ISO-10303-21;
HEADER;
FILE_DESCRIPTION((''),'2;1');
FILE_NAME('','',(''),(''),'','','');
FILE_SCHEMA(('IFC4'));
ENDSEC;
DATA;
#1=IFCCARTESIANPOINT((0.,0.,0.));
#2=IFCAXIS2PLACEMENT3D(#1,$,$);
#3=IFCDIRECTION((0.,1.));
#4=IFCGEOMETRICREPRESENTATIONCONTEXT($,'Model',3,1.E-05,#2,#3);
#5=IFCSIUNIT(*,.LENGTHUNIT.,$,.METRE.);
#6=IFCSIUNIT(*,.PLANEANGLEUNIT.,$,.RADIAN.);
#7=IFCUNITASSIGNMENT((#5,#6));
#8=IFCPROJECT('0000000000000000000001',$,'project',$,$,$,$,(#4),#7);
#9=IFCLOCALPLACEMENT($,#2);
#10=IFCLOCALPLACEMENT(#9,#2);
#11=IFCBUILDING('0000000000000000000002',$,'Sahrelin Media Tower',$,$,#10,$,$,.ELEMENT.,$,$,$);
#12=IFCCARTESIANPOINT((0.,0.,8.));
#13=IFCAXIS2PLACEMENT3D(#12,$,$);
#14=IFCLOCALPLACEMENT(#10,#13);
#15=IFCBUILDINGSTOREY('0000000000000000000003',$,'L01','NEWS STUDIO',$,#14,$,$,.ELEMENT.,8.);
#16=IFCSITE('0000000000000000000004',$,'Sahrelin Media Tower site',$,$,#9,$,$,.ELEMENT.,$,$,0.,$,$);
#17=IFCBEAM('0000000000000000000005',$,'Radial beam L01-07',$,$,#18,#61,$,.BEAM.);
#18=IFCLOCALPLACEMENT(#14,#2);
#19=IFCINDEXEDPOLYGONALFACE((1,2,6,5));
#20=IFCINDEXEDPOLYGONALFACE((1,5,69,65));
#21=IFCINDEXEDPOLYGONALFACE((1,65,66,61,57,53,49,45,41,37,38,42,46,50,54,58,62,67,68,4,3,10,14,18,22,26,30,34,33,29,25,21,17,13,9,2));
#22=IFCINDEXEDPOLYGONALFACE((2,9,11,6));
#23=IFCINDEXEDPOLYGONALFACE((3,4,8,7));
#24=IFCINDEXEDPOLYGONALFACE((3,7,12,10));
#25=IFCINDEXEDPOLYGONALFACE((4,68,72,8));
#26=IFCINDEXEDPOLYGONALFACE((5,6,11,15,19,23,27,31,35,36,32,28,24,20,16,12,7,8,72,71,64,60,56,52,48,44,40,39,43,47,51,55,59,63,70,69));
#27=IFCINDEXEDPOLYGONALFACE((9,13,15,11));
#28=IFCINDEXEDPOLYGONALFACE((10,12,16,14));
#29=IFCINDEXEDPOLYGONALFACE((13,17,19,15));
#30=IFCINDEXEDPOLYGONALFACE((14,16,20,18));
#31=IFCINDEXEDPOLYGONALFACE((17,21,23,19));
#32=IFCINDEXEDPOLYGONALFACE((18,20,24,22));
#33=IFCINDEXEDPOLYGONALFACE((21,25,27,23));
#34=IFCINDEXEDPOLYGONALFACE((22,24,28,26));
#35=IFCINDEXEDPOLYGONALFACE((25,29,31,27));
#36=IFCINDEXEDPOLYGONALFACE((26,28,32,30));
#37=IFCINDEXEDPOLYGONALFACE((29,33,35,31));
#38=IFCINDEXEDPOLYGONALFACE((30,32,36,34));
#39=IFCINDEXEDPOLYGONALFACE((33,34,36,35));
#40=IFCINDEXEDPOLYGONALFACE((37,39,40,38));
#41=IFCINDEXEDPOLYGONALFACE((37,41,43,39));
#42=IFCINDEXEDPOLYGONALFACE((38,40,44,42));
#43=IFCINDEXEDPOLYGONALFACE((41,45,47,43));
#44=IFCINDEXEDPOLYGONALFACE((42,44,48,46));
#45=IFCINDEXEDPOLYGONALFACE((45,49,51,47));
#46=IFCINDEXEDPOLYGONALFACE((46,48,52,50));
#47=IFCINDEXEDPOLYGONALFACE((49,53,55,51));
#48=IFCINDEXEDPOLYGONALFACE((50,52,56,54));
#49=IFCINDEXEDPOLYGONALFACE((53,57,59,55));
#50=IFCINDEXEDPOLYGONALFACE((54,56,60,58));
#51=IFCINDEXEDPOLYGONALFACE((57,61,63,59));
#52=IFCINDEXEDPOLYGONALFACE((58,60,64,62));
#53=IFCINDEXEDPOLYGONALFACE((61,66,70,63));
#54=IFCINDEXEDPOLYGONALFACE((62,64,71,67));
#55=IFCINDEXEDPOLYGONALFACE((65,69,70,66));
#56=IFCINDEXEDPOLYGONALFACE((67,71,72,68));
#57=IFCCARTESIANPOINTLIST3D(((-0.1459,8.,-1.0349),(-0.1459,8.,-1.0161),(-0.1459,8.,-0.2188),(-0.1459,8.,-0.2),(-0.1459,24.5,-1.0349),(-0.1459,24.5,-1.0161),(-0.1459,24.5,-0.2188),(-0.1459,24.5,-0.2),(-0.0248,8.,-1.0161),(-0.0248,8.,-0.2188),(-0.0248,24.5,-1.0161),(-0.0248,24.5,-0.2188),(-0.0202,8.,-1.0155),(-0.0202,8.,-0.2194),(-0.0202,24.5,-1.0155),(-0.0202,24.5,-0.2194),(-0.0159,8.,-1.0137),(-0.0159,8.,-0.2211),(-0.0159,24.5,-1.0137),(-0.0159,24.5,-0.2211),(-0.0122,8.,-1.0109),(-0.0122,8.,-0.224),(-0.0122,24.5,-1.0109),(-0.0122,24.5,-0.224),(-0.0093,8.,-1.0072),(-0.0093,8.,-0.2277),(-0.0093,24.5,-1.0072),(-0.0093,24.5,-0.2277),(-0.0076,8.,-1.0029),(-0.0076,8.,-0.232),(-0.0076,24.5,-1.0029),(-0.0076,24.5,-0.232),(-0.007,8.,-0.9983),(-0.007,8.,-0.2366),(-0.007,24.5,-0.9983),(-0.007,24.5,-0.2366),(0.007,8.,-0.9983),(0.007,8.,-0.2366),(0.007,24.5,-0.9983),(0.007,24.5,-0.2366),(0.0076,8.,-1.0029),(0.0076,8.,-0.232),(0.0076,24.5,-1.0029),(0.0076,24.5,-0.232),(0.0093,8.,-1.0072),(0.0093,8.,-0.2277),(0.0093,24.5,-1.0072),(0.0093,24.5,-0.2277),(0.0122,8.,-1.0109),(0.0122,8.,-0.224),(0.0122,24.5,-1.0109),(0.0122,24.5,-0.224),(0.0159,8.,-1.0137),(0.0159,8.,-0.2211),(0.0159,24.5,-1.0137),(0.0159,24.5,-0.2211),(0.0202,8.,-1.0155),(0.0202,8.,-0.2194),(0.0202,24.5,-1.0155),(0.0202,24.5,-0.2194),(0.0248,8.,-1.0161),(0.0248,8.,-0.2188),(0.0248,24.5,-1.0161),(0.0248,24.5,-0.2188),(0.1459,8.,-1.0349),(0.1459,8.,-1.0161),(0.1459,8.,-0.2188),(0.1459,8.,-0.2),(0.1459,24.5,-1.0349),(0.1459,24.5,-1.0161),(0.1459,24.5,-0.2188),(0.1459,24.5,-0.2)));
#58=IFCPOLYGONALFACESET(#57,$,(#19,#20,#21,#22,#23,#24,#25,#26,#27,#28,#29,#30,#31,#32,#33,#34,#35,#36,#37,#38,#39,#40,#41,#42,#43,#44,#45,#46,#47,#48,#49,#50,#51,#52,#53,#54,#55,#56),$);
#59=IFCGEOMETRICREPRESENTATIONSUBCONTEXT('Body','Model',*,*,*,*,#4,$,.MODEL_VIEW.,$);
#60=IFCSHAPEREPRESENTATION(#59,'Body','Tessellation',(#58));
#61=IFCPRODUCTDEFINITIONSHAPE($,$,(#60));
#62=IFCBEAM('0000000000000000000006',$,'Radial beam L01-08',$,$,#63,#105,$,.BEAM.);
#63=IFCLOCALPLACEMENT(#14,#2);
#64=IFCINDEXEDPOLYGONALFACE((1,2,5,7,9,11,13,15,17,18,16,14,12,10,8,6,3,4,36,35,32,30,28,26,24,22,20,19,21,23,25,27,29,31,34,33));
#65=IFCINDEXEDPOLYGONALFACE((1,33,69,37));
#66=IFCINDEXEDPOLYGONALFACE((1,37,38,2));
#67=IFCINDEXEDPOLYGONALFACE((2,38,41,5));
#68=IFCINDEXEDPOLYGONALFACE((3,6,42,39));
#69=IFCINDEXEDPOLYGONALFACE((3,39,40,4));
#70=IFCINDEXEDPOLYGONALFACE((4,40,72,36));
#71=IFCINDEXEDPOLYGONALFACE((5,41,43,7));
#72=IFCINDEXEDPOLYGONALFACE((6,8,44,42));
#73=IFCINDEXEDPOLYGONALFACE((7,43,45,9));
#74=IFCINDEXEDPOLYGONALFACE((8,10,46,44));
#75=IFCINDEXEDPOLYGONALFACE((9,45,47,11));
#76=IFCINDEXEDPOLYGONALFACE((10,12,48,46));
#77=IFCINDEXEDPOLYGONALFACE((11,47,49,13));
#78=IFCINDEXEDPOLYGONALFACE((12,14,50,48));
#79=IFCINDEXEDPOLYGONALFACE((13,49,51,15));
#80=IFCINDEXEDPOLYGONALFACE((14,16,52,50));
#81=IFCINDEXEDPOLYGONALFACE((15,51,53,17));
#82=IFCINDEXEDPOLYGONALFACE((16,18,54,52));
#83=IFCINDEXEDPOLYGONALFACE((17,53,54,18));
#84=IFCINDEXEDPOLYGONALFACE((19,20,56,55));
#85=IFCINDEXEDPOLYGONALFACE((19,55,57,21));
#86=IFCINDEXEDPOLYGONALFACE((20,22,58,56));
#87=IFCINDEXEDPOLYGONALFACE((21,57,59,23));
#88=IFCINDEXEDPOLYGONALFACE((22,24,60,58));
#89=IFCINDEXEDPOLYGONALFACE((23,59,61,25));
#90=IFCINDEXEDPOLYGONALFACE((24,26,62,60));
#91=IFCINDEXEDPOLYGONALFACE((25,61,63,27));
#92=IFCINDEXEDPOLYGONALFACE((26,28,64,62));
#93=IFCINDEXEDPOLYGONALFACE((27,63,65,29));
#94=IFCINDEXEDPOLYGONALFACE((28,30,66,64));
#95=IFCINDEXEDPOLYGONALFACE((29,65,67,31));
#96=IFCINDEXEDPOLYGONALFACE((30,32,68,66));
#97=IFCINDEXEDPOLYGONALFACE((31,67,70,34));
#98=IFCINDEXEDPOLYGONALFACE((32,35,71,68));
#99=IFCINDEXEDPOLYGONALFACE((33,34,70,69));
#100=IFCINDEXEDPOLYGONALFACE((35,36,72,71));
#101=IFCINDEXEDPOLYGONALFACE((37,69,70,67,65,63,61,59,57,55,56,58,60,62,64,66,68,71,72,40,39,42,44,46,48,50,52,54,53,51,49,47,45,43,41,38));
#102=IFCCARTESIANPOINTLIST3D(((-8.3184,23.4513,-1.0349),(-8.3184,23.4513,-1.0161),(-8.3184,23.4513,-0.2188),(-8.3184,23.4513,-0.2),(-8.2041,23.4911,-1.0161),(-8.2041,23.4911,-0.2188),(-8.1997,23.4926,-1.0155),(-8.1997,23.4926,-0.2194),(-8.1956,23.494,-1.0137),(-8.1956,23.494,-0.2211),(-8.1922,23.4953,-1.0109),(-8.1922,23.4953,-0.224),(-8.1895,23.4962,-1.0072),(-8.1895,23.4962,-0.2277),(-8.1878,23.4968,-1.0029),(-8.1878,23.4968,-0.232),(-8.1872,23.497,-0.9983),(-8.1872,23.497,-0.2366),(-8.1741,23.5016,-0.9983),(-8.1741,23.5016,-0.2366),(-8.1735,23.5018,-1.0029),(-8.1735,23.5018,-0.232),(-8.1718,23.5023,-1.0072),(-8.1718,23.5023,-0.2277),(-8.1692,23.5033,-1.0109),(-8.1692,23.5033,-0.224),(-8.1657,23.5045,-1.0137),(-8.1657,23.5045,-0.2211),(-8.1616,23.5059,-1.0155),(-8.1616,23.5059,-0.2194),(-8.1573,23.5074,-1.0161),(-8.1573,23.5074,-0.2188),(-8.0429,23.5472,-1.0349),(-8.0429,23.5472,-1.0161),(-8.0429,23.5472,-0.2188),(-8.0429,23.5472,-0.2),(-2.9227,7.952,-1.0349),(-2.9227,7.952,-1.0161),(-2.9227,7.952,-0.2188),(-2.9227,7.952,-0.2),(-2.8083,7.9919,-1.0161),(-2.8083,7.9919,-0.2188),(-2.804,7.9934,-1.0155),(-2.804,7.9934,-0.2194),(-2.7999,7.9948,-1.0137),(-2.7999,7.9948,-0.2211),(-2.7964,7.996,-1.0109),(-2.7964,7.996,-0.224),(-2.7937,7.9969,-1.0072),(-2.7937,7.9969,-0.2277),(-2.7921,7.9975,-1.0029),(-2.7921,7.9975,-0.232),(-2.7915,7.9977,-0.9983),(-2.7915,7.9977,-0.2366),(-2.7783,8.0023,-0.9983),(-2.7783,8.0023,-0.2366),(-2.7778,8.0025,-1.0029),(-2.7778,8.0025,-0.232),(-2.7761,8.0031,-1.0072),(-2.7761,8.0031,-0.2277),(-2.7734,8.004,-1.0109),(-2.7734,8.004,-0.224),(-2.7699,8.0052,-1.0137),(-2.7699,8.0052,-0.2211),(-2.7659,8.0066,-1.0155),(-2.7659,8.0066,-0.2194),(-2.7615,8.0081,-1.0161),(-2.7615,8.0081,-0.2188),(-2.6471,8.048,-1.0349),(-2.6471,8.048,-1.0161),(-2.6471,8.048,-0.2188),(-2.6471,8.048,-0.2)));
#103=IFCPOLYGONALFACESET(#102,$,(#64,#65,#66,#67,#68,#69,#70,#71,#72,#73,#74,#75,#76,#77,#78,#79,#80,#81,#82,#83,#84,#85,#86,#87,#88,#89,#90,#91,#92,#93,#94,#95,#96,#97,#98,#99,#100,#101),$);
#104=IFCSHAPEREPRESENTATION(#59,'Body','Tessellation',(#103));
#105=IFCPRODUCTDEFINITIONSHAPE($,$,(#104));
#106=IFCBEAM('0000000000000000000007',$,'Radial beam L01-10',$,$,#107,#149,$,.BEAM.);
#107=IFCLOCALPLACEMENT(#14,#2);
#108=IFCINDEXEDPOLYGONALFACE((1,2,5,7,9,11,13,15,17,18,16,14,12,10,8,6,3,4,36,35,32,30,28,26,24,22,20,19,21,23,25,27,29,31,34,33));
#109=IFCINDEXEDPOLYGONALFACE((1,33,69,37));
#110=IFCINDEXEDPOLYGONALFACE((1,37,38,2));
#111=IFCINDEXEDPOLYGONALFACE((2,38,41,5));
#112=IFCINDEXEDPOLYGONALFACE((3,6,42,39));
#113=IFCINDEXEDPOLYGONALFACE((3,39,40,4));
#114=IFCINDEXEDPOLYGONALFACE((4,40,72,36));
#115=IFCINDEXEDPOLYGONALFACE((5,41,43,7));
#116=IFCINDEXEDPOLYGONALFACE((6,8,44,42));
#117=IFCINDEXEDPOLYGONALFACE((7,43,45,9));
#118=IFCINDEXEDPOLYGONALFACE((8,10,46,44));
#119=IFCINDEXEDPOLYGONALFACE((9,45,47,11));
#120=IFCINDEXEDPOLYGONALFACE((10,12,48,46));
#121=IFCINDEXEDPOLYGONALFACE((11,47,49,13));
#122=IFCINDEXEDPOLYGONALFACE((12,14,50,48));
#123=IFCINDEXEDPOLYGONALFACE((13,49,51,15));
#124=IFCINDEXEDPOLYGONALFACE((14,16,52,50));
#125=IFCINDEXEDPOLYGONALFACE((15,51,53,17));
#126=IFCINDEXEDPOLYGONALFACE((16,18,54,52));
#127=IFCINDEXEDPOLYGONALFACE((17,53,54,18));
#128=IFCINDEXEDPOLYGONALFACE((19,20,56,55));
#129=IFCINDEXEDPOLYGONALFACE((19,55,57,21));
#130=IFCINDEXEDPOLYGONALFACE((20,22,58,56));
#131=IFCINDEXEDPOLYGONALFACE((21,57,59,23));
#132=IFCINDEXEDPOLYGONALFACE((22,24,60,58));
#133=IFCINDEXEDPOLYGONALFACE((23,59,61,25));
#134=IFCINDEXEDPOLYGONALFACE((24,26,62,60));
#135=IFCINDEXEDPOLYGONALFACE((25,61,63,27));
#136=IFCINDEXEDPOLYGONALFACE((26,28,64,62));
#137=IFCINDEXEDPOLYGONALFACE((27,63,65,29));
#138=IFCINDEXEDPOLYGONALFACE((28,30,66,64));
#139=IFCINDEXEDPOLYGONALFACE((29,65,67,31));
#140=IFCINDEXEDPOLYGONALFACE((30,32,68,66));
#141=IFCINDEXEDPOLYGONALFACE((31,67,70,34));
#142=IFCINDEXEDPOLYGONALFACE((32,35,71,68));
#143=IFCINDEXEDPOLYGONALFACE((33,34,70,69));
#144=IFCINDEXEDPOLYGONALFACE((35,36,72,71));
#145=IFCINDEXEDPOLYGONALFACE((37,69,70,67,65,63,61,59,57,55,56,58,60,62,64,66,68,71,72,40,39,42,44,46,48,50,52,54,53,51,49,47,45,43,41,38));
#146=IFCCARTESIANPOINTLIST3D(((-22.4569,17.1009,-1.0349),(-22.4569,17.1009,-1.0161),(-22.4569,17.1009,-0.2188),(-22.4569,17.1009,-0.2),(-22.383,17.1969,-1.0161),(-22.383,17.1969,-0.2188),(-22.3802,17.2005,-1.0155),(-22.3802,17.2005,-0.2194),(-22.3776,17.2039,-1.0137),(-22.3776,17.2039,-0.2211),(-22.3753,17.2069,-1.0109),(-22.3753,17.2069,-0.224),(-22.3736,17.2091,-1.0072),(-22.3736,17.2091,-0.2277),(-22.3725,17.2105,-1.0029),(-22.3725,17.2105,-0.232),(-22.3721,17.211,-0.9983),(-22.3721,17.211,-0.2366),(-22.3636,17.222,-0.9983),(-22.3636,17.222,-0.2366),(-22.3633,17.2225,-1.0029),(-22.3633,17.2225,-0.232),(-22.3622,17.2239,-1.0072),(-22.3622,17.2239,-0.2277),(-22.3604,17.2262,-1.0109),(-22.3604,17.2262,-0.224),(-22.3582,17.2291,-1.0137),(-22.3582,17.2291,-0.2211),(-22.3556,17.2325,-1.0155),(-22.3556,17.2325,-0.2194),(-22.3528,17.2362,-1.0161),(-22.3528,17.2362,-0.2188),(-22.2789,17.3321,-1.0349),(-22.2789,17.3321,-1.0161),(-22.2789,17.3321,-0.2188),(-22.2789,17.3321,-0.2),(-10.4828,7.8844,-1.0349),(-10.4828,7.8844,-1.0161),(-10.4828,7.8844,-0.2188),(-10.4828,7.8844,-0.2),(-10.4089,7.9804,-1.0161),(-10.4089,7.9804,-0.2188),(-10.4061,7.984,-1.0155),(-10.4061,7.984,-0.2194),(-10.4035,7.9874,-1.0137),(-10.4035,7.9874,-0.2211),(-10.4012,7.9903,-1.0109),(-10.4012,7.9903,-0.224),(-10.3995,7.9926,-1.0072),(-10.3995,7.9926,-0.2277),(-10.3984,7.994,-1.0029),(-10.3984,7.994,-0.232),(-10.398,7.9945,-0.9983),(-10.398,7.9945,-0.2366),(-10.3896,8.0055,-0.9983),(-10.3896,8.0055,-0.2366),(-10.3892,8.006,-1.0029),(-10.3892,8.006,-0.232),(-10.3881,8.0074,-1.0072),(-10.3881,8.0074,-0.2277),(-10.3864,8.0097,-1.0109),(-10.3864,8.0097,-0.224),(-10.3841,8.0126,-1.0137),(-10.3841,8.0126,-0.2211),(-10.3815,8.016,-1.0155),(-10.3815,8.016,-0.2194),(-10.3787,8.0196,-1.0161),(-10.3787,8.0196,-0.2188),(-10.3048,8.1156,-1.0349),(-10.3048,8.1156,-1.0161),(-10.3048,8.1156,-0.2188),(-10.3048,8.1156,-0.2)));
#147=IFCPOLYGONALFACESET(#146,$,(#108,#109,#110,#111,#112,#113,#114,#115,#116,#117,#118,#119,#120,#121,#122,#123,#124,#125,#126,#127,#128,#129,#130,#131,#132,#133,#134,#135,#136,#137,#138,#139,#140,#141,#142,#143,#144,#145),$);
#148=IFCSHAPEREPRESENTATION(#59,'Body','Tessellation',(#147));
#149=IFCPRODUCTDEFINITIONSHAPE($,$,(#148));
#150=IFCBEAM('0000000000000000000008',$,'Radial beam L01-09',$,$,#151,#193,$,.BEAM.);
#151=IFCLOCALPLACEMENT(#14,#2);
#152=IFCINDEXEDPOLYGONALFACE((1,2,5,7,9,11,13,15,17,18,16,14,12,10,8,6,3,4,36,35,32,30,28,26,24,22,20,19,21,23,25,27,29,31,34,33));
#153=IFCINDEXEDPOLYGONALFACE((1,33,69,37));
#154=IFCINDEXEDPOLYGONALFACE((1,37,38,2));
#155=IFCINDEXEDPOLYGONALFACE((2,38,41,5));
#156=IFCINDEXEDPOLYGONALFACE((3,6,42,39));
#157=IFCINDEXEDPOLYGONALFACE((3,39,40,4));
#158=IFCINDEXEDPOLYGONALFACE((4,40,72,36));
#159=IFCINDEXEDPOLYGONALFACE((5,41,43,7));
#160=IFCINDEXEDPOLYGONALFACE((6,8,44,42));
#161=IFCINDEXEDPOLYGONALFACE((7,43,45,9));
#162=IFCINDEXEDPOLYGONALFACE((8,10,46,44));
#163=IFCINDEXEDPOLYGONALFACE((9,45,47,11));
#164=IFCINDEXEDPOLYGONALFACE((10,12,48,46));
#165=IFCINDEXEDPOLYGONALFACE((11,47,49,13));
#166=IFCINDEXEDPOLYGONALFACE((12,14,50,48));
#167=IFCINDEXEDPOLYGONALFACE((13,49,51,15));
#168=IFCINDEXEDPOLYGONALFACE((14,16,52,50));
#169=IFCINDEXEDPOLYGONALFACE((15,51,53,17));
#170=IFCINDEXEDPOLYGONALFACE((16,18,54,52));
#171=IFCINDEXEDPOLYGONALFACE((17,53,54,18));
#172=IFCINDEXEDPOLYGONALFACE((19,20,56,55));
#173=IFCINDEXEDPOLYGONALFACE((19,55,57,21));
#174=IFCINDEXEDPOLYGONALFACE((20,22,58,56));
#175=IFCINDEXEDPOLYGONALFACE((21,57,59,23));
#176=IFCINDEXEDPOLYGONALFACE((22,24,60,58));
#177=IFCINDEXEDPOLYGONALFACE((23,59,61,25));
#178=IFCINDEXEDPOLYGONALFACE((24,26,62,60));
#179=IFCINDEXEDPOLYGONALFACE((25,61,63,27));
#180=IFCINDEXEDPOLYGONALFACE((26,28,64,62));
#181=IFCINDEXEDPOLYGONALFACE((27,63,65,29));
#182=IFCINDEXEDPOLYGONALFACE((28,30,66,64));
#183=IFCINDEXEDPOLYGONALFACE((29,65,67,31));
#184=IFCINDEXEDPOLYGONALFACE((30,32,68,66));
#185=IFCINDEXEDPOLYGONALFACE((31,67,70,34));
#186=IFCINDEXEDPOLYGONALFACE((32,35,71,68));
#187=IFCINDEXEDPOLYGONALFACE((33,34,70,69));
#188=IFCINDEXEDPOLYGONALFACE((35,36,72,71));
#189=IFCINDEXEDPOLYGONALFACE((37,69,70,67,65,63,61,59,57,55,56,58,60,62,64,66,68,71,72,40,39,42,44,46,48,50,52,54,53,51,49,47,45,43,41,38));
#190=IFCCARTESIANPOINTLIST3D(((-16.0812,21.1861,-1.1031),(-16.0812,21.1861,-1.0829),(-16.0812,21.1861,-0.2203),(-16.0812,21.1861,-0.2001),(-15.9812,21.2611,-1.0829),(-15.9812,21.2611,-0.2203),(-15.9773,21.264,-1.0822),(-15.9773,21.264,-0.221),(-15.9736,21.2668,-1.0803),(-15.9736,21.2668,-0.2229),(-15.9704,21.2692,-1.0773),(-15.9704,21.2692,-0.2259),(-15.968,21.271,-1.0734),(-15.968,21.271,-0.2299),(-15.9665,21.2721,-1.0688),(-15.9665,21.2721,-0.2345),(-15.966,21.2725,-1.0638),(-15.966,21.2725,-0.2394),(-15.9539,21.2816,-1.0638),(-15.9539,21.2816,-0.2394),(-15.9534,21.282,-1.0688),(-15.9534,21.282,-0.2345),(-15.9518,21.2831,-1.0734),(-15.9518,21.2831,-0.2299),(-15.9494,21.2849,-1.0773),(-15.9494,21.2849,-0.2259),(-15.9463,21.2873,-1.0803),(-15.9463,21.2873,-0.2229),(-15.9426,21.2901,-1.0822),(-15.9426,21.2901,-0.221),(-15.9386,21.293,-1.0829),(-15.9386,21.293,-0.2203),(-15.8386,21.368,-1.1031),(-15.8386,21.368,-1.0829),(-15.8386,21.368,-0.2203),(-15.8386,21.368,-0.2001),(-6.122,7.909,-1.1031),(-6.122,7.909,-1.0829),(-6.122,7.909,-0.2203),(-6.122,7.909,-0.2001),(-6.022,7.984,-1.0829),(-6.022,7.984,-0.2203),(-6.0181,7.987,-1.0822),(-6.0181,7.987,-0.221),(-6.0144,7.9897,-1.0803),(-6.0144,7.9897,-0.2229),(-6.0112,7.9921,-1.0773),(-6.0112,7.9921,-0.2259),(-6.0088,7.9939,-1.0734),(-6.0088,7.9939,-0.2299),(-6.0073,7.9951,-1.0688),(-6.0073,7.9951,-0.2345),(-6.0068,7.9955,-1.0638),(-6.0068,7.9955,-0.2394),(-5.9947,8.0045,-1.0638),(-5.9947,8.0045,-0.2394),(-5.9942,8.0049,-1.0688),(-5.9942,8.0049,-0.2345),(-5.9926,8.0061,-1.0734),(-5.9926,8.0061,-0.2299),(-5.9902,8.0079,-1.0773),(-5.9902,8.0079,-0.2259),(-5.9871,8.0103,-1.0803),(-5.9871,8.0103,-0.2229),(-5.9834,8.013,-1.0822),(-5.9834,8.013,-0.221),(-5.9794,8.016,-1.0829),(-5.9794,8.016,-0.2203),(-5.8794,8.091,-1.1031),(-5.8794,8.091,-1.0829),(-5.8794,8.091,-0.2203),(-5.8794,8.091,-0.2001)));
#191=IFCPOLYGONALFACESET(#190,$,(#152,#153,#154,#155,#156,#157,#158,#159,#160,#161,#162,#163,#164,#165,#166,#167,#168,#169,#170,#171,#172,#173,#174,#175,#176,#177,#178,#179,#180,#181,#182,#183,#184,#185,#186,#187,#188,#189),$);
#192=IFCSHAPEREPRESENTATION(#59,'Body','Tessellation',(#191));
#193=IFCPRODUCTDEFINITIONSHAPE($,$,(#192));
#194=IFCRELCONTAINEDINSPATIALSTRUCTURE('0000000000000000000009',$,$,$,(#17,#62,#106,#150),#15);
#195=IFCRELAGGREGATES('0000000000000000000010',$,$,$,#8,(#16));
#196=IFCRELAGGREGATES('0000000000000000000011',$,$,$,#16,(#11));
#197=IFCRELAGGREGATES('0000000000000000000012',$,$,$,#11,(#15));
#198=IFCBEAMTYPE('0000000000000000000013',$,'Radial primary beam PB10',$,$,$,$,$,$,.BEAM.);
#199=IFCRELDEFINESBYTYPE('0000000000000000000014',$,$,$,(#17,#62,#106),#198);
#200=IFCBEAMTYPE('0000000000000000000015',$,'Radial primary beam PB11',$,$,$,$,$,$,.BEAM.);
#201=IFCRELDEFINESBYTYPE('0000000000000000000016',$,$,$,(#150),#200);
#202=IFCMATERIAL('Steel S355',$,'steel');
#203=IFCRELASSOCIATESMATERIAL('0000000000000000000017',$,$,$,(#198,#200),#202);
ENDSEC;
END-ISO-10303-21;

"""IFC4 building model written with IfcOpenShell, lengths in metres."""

from ifc_helpers import new_model, si_unit, direction, frame, origin, origin_2d, place, context, subcontext, project, spatial, i_section, extrude, material, material_profile, profile_set, type_object, element, save


model = new_model("IFC4")

# Units and contexts
model_context = context("Model", 3, precision=1e-05, world=origin(), true_north=direction((0.0, 1.0)))
body_context = subcontext(model_context, "Body", "Model", "MODEL_VIEW")
ifc_project = project(units=[si_unit("LENGTHUNIT", "METRE"), si_unit("PLANEANGLEUNIT", "RADIAN")], contexts=[model_context])

# Site, building, storey
site_placement = place(None, origin())
site = spatial("IfcSite", under=ifc_project, at=site_placement, Name="Sahrelin Media Tower site", CompositionType="ELEMENT", RefElevation=0.0)
building_placement = place(site_placement, origin())
building = spatial("IfcBuilding", under=site, at=building_placement, Name="Sahrelin Media Tower", CompositionType="ELEMENT")
storey_placement = place(building_placement, frame((0.0, 0.0, 8.0)))
storey = spatial("IfcBuildingStorey", under=building, at=storey_placement, Name="L01", Description="NEWS STUDIO", CompositionType="ELEMENT", Elevation=8.0)

# Beams
ifc_material_1 = material(Name="Steel S355", Category="steel")
ifc_material_profile_1 = material_profile(ifc_material_1, i_section(OverallWidth=0.2917, OverallDepth=0.835, WebThickness=0.0139, FlangeThickness=0.0188, FilletRadius=0.0178, at=origin_2d()), Name="UB 838x292x176")
ifc_profile_set_1 = profile_set([ifc_material_profile_1], Name="Steel S355")
beam_type_1 = type_object("IfcBeamType", Name="Radial primary beam PB10", PredefinedType="BEAM", material=ifc_profile_set_1)
beam_1_placement = place(storey_placement, frame((0.0, 8.0, -0.6174), z_axis=(0.0, 1.0, 0.0), x_axis=(-1.0, 0.0, 0.0)))
element("IfcBeam", 1, at=beam_1_placement, inside=storey, type_object=beam_type_1, Name="Radial beam L01-07", PredefinedType="BEAM", context=body_context, shape_type="SweptSolid", body=[
    extrude(i_section(OverallWidth=0.2917, OverallDepth=0.835, WebThickness=0.0139, FlangeThickness=0.0188, FilletRadius=0.0178, at=origin_2d()), origin(), (0.0, 0.0, 1.0), 16.5),
])
beam_2_placement = place(storey_placement, frame((-2.7849, 8.0, -0.6174), z_axis=(-0.328776, 0.944408, 0.0), x_axis=(-0.944408, -0.328776, 0.0)))
element("IfcBeam", 2, at=beam_2_placement, inside=storey, type_object=beam_type_1, Name="Radial beam L01-08", PredefinedType="BEAM", context=body_context, shape_type="SweptSolid", body=[
    extrude(i_section(OverallWidth=0.2917, OverallDepth=0.835, WebThickness=0.0139, FlangeThickness=0.0188, FilletRadius=0.0178, at=origin_2d()), origin(), (0.0, 0.0, 1.0), 16.4116),
])
beam_3_placement = place(storey_placement, frame((-10.3938, 8.0, -0.6174), z_axis=(-0.792442, 0.609947, 0.0), x_axis=(-0.609947, -0.792442, 0.0)))
element("IfcBeam", 3, at=beam_3_placement, inside=storey, type_object=beam_type_1, Name="Radial beam L01-10", PredefinedType="BEAM", context=body_context, shape_type="SweptSolid", body=[
    extrude(i_section(OverallWidth=0.2917, OverallDepth=0.835, WebThickness=0.0139, FlangeThickness=0.0188, FilletRadius=0.0178, at=origin_2d()), origin(), (0.0, 0.0, 1.0), 15.1104),
])
ifc_material_profile_2 = material_profile(ifc_material_1, i_section(OverallWidth=0.3032, OverallDepth=0.9031, WebThickness=0.0151, FlangeThickness=0.0203, FilletRadius=0.019, at=origin_2d()), Name="UB 914x305x201")
ifc_profile_set_2 = profile_set([ifc_material_profile_2], Name="Steel S355")
beam_type_2 = type_object("IfcBeamType", Name="Radial primary beam PB11", PredefinedType="BEAM", material=ifc_profile_set_2)
beam_4_placement = place(storey_placement, frame((-6.0007, 8.0, -0.6516), z_axis=(-0.600054, 0.799959, 0.0), x_axis=(-0.799959, -0.600054, 0.0)))
element("IfcBeam", 4, at=beam_4_placement, inside=storey, type_object=beam_type_2, Name="Radial beam L01-09", PredefinedType="BEAM", context=body_context, shape_type="SweptSolid", body=[
    extrude(i_section(OverallWidth=0.3032, OverallDepth=0.9031, WebThickness=0.0151, FlangeThickness=0.0203, FilletRadius=0.019, at=origin_2d()), origin(), (0.0, 0.0, 1.0), 16.5972),
])

save(model, "model.ifc")
